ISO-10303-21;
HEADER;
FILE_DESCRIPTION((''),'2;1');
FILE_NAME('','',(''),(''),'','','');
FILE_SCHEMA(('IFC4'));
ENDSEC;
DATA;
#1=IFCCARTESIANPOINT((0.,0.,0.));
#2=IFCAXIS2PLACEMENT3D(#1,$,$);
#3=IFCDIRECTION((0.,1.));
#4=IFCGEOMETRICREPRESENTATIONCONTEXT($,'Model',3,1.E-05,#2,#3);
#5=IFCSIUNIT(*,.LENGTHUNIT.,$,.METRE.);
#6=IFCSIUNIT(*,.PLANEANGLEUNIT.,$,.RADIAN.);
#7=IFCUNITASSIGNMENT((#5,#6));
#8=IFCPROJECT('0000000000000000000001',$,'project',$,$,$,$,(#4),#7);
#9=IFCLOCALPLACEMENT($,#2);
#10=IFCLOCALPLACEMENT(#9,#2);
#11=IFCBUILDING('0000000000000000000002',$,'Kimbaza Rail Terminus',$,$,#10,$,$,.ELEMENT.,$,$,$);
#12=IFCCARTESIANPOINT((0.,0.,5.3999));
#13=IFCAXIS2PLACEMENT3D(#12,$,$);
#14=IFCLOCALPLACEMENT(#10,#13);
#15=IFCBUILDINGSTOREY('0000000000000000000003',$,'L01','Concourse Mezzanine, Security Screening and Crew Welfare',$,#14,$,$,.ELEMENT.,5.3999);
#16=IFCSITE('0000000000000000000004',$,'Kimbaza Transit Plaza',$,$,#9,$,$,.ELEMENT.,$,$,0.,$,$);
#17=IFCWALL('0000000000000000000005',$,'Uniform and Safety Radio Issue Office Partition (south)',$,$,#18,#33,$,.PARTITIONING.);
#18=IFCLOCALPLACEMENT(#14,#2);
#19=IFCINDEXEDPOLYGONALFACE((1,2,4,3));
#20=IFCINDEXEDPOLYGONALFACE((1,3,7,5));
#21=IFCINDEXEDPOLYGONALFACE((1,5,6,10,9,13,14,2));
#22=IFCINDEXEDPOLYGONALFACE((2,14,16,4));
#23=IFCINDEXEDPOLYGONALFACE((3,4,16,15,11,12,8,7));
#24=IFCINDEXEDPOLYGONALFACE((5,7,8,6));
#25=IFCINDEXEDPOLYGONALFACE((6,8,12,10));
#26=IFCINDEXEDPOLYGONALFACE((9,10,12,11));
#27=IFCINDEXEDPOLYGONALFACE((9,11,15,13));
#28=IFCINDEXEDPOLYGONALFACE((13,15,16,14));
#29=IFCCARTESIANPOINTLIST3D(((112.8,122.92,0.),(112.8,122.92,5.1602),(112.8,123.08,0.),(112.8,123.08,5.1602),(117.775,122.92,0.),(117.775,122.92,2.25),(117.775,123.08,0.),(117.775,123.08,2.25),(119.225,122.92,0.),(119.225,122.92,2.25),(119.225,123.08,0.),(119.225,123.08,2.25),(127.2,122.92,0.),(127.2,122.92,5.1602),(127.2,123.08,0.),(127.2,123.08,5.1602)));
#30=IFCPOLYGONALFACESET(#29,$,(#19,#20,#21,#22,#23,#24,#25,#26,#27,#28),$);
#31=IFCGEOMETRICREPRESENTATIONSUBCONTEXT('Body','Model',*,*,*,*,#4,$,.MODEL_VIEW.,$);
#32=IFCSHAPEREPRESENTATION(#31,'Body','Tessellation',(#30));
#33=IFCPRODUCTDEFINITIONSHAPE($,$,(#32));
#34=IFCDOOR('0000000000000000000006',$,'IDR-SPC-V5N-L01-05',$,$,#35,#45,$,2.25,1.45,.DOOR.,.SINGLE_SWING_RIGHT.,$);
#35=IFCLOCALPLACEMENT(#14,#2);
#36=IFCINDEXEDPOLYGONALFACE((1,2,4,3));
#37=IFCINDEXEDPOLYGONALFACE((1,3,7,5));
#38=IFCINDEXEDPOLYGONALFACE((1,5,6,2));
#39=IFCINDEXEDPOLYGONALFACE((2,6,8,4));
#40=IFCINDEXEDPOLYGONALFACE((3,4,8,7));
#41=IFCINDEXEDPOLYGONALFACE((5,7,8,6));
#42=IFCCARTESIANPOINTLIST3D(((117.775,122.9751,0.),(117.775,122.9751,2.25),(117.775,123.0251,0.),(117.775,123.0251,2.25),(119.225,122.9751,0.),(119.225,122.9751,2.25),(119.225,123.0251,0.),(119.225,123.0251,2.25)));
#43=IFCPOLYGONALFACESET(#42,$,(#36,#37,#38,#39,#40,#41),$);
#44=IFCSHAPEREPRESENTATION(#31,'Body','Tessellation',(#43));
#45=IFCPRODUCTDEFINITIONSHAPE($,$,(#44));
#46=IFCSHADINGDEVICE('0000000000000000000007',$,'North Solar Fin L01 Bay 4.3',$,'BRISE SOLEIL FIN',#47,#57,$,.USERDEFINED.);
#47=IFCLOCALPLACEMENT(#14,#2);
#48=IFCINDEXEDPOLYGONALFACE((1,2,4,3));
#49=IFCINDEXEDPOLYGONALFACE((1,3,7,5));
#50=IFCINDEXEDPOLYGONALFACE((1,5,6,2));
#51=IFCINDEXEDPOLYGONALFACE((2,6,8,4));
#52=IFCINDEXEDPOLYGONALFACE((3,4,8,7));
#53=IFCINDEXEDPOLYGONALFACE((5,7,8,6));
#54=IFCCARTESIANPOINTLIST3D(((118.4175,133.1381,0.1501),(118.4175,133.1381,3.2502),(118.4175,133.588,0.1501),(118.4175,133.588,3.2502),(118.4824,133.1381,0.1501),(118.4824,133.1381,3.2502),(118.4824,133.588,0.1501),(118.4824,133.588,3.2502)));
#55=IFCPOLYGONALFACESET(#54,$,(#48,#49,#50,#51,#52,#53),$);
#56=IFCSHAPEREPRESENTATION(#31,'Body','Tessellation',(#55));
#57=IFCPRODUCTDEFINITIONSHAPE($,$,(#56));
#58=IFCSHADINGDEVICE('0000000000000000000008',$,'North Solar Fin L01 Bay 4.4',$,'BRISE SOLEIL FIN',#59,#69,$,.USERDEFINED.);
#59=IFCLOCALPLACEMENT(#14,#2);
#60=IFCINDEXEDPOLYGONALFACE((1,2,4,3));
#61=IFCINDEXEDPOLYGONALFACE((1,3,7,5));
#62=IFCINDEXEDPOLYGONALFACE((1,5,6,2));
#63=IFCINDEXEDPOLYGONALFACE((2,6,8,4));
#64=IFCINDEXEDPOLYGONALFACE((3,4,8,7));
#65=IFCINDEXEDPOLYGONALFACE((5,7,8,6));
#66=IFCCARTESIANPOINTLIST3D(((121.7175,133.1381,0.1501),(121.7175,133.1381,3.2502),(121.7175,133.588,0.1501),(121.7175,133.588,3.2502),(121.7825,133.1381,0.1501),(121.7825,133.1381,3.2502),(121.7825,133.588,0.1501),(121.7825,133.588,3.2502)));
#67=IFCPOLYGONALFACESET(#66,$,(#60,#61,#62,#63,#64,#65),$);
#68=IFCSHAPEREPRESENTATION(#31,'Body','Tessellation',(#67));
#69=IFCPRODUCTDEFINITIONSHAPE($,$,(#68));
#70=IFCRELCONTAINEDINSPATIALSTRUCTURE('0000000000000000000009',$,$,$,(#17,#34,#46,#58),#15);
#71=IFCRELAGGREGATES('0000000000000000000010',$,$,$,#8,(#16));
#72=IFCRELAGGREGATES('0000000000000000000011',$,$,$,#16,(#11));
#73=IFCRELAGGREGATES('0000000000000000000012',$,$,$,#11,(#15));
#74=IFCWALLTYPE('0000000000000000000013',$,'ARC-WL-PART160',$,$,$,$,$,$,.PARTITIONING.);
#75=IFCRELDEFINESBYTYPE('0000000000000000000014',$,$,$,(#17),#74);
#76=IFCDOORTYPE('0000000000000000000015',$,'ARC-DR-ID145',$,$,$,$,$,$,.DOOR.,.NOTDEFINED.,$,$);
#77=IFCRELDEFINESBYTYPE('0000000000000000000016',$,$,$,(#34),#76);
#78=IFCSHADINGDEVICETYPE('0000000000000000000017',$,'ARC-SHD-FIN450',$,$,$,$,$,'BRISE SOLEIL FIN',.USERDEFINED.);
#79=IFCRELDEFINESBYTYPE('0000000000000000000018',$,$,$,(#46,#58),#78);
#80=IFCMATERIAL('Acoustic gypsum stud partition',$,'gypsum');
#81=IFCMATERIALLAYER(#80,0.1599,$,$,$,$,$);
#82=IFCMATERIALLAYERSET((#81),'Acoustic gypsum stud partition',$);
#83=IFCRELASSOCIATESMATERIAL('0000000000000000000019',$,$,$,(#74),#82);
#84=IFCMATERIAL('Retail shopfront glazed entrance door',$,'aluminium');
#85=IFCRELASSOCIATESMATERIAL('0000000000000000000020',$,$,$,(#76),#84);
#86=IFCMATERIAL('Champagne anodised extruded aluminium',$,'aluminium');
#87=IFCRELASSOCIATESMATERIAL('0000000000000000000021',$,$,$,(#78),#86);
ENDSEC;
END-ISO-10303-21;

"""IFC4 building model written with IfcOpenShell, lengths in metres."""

from ifc_helpers import new_model, si_unit, direction, frame, frame_2d, origin, origin_2d, place, context, subcontext, project, spatial, rectangle, extrude, material, layer, layer_set, type_object, element, fill, save


model = new_model("IFC4")

# Units and contexts
model_context = context("Model", 3, precision=1e-05, world=origin(), true_north=direction((0.0, 1.0)))
body_context = subcontext(model_context, "Body", "Model", "MODEL_VIEW")
ifc_project = project(units=[si_unit("LENGTHUNIT", "METRE"), si_unit("PLANEANGLEUNIT", "RADIAN")], contexts=[model_context])

# Site, building, storey
site_placement = place(None, origin())
site = spatial("IfcSite", under=ifc_project, at=site_placement, Name="Kimbaza Transit Plaza", CompositionType="ELEMENT", RefElevation=0.0)
building_placement = place(site_placement, origin())
building = spatial("IfcBuilding", under=site, at=building_placement, Name="Kimbaza Rail Terminus", CompositionType="ELEMENT")
storey_placement = place(building_placement, frame((0.0, 0.0, 5.3999)))
storey = spatial("IfcBuildingStorey", under=building, at=storey_placement, Name="L01", Description="Concourse Mezzanine, Security Screening and Crew Welfare", CompositionType="ELEMENT", Elevation=5.3999)

# Wall, opening, door
ifc_material_1 = material(Name="Acoustic gypsum stud partition", Category="gypsum")
ifc_layer_1 = layer(ifc_material_1, 0.1599)
ifc_layer_set_1 = layer_set([ifc_layer_1], Name="Acoustic gypsum stud partition")
wall_type_1 = type_object("IfcWallType", Name="ARC-WL-PART160", PredefinedType="PARTITIONING", material=ifc_layer_set_1)
wall_1_placement = place(storey_placement, frame((112.8, 123.0, 0.0), z_axis=(0.0, 0.0, 1.0), x_axis=(1.0, 0.0, 0.0)))
wall_1 = element("IfcWall", 1, at=wall_1_placement, inside=storey, type_object=wall_type_1, Name="Uniform and Safety Radio Issue Office Partition (south)", PredefinedType="PARTITIONING", context=body_context, shape_type="SweptSolid", body=[
    extrude(rectangle(XDim=14.3999, YDim=0.1599, at=frame_2d((7.2, 0.0))), origin(), (0.0, 0.0, 1.0), 5.1602),
])
opening_1_placement = place(wall_1_placement, frame((6.425, 0.0, 0.0), z_axis=(0.0, 0.0, 1.0), x_axis=(-1.0, 0.0, 0.0)))
opening_1 = element("IfcOpeningElement", 2, at=opening_1_placement, cuts=wall_1, PredefinedType="OPENING", context=body_context, shape_type="SweptSolid", body=[
    extrude(rectangle(XDim=1.45, YDim=2.25, at=frame_2d((0.7251, 1.125))), frame((0.0, 0.0898, 0.0), z_axis=(0.0, -1.0, 0.0), x_axis=(1.0, 0.0, 0.0)), (0.0, 0.0, 1.0), 0.1799),
])
ifc_material_2 = material(Name="Retail shopfront glazed entrance door", Category="aluminium")
door_type = type_object("IfcDoorType", Name="ARC-DR-ID145", OperationType="NOTDEFINED", PredefinedType="DOOR", material=ifc_material_2)
door_placement = place(opening_1_placement, origin())
door = element("IfcDoor", 3, at=door_placement, inside=storey, type_object=door_type, Name="IDR-SPC-V5N-L01-05", OperationType="SINGLE_SWING_RIGHT", OverallHeight=2.25, OverallWidth=1.45, PredefinedType="DOOR", context=body_context, shape_type="SweptSolid", body=[
    extrude(rectangle(XDim=1.45, YDim=2.25, at=frame_2d((0.7251, 1.125))), frame((0.0, 0.0249, 0.0), z_axis=(0.0, -1.0, 0.0), x_axis=(1.0, 0.0, 0.0)), (0.0, 0.0, 1.0), 0.05),
])
fill(opening_1, door)

# Shading devices
ifc_material_3 = material(Name="Champagne anodised extruded aluminium", Category="aluminium")
shading_device_type = type_object("IfcShadingDeviceType", Name="ARC-SHD-FIN450", ElementType="BRISE SOLEIL FIN", PredefinedType="USERDEFINED", material=ifc_material_3)
for number, where, z_axis, x_axis, name in (
    (4, (118.45, 133.363, 0.1501), (0.0, 0.0, 1.0), (1.0, 0.0, 0.0), "North Solar Fin L01 Bay 4.3"),
    (5, (121.75, 133.363, 0.1501), (0.0, 0.0, 1.0), (1.0, 0.0, 0.0), "North Solar Fin L01 Bay 4.4"),
):
    element("IfcShadingDevice", number, at=place(storey_placement, frame(where, z_axis=z_axis, x_axis=x_axis)), inside=storey, type_object=shading_device_type, Name=name, ObjectType="BRISE SOLEIL FIN", PredefinedType="USERDEFINED", context=body_context, shape_type="SweptSolid", body=[
        extrude(rectangle(XDim=0.0649, YDim=0.45, at=origin_2d()), origin(), (0.0, 0.0, 1.0), 3.1001),
    ])

save(model, "model.ifc")
